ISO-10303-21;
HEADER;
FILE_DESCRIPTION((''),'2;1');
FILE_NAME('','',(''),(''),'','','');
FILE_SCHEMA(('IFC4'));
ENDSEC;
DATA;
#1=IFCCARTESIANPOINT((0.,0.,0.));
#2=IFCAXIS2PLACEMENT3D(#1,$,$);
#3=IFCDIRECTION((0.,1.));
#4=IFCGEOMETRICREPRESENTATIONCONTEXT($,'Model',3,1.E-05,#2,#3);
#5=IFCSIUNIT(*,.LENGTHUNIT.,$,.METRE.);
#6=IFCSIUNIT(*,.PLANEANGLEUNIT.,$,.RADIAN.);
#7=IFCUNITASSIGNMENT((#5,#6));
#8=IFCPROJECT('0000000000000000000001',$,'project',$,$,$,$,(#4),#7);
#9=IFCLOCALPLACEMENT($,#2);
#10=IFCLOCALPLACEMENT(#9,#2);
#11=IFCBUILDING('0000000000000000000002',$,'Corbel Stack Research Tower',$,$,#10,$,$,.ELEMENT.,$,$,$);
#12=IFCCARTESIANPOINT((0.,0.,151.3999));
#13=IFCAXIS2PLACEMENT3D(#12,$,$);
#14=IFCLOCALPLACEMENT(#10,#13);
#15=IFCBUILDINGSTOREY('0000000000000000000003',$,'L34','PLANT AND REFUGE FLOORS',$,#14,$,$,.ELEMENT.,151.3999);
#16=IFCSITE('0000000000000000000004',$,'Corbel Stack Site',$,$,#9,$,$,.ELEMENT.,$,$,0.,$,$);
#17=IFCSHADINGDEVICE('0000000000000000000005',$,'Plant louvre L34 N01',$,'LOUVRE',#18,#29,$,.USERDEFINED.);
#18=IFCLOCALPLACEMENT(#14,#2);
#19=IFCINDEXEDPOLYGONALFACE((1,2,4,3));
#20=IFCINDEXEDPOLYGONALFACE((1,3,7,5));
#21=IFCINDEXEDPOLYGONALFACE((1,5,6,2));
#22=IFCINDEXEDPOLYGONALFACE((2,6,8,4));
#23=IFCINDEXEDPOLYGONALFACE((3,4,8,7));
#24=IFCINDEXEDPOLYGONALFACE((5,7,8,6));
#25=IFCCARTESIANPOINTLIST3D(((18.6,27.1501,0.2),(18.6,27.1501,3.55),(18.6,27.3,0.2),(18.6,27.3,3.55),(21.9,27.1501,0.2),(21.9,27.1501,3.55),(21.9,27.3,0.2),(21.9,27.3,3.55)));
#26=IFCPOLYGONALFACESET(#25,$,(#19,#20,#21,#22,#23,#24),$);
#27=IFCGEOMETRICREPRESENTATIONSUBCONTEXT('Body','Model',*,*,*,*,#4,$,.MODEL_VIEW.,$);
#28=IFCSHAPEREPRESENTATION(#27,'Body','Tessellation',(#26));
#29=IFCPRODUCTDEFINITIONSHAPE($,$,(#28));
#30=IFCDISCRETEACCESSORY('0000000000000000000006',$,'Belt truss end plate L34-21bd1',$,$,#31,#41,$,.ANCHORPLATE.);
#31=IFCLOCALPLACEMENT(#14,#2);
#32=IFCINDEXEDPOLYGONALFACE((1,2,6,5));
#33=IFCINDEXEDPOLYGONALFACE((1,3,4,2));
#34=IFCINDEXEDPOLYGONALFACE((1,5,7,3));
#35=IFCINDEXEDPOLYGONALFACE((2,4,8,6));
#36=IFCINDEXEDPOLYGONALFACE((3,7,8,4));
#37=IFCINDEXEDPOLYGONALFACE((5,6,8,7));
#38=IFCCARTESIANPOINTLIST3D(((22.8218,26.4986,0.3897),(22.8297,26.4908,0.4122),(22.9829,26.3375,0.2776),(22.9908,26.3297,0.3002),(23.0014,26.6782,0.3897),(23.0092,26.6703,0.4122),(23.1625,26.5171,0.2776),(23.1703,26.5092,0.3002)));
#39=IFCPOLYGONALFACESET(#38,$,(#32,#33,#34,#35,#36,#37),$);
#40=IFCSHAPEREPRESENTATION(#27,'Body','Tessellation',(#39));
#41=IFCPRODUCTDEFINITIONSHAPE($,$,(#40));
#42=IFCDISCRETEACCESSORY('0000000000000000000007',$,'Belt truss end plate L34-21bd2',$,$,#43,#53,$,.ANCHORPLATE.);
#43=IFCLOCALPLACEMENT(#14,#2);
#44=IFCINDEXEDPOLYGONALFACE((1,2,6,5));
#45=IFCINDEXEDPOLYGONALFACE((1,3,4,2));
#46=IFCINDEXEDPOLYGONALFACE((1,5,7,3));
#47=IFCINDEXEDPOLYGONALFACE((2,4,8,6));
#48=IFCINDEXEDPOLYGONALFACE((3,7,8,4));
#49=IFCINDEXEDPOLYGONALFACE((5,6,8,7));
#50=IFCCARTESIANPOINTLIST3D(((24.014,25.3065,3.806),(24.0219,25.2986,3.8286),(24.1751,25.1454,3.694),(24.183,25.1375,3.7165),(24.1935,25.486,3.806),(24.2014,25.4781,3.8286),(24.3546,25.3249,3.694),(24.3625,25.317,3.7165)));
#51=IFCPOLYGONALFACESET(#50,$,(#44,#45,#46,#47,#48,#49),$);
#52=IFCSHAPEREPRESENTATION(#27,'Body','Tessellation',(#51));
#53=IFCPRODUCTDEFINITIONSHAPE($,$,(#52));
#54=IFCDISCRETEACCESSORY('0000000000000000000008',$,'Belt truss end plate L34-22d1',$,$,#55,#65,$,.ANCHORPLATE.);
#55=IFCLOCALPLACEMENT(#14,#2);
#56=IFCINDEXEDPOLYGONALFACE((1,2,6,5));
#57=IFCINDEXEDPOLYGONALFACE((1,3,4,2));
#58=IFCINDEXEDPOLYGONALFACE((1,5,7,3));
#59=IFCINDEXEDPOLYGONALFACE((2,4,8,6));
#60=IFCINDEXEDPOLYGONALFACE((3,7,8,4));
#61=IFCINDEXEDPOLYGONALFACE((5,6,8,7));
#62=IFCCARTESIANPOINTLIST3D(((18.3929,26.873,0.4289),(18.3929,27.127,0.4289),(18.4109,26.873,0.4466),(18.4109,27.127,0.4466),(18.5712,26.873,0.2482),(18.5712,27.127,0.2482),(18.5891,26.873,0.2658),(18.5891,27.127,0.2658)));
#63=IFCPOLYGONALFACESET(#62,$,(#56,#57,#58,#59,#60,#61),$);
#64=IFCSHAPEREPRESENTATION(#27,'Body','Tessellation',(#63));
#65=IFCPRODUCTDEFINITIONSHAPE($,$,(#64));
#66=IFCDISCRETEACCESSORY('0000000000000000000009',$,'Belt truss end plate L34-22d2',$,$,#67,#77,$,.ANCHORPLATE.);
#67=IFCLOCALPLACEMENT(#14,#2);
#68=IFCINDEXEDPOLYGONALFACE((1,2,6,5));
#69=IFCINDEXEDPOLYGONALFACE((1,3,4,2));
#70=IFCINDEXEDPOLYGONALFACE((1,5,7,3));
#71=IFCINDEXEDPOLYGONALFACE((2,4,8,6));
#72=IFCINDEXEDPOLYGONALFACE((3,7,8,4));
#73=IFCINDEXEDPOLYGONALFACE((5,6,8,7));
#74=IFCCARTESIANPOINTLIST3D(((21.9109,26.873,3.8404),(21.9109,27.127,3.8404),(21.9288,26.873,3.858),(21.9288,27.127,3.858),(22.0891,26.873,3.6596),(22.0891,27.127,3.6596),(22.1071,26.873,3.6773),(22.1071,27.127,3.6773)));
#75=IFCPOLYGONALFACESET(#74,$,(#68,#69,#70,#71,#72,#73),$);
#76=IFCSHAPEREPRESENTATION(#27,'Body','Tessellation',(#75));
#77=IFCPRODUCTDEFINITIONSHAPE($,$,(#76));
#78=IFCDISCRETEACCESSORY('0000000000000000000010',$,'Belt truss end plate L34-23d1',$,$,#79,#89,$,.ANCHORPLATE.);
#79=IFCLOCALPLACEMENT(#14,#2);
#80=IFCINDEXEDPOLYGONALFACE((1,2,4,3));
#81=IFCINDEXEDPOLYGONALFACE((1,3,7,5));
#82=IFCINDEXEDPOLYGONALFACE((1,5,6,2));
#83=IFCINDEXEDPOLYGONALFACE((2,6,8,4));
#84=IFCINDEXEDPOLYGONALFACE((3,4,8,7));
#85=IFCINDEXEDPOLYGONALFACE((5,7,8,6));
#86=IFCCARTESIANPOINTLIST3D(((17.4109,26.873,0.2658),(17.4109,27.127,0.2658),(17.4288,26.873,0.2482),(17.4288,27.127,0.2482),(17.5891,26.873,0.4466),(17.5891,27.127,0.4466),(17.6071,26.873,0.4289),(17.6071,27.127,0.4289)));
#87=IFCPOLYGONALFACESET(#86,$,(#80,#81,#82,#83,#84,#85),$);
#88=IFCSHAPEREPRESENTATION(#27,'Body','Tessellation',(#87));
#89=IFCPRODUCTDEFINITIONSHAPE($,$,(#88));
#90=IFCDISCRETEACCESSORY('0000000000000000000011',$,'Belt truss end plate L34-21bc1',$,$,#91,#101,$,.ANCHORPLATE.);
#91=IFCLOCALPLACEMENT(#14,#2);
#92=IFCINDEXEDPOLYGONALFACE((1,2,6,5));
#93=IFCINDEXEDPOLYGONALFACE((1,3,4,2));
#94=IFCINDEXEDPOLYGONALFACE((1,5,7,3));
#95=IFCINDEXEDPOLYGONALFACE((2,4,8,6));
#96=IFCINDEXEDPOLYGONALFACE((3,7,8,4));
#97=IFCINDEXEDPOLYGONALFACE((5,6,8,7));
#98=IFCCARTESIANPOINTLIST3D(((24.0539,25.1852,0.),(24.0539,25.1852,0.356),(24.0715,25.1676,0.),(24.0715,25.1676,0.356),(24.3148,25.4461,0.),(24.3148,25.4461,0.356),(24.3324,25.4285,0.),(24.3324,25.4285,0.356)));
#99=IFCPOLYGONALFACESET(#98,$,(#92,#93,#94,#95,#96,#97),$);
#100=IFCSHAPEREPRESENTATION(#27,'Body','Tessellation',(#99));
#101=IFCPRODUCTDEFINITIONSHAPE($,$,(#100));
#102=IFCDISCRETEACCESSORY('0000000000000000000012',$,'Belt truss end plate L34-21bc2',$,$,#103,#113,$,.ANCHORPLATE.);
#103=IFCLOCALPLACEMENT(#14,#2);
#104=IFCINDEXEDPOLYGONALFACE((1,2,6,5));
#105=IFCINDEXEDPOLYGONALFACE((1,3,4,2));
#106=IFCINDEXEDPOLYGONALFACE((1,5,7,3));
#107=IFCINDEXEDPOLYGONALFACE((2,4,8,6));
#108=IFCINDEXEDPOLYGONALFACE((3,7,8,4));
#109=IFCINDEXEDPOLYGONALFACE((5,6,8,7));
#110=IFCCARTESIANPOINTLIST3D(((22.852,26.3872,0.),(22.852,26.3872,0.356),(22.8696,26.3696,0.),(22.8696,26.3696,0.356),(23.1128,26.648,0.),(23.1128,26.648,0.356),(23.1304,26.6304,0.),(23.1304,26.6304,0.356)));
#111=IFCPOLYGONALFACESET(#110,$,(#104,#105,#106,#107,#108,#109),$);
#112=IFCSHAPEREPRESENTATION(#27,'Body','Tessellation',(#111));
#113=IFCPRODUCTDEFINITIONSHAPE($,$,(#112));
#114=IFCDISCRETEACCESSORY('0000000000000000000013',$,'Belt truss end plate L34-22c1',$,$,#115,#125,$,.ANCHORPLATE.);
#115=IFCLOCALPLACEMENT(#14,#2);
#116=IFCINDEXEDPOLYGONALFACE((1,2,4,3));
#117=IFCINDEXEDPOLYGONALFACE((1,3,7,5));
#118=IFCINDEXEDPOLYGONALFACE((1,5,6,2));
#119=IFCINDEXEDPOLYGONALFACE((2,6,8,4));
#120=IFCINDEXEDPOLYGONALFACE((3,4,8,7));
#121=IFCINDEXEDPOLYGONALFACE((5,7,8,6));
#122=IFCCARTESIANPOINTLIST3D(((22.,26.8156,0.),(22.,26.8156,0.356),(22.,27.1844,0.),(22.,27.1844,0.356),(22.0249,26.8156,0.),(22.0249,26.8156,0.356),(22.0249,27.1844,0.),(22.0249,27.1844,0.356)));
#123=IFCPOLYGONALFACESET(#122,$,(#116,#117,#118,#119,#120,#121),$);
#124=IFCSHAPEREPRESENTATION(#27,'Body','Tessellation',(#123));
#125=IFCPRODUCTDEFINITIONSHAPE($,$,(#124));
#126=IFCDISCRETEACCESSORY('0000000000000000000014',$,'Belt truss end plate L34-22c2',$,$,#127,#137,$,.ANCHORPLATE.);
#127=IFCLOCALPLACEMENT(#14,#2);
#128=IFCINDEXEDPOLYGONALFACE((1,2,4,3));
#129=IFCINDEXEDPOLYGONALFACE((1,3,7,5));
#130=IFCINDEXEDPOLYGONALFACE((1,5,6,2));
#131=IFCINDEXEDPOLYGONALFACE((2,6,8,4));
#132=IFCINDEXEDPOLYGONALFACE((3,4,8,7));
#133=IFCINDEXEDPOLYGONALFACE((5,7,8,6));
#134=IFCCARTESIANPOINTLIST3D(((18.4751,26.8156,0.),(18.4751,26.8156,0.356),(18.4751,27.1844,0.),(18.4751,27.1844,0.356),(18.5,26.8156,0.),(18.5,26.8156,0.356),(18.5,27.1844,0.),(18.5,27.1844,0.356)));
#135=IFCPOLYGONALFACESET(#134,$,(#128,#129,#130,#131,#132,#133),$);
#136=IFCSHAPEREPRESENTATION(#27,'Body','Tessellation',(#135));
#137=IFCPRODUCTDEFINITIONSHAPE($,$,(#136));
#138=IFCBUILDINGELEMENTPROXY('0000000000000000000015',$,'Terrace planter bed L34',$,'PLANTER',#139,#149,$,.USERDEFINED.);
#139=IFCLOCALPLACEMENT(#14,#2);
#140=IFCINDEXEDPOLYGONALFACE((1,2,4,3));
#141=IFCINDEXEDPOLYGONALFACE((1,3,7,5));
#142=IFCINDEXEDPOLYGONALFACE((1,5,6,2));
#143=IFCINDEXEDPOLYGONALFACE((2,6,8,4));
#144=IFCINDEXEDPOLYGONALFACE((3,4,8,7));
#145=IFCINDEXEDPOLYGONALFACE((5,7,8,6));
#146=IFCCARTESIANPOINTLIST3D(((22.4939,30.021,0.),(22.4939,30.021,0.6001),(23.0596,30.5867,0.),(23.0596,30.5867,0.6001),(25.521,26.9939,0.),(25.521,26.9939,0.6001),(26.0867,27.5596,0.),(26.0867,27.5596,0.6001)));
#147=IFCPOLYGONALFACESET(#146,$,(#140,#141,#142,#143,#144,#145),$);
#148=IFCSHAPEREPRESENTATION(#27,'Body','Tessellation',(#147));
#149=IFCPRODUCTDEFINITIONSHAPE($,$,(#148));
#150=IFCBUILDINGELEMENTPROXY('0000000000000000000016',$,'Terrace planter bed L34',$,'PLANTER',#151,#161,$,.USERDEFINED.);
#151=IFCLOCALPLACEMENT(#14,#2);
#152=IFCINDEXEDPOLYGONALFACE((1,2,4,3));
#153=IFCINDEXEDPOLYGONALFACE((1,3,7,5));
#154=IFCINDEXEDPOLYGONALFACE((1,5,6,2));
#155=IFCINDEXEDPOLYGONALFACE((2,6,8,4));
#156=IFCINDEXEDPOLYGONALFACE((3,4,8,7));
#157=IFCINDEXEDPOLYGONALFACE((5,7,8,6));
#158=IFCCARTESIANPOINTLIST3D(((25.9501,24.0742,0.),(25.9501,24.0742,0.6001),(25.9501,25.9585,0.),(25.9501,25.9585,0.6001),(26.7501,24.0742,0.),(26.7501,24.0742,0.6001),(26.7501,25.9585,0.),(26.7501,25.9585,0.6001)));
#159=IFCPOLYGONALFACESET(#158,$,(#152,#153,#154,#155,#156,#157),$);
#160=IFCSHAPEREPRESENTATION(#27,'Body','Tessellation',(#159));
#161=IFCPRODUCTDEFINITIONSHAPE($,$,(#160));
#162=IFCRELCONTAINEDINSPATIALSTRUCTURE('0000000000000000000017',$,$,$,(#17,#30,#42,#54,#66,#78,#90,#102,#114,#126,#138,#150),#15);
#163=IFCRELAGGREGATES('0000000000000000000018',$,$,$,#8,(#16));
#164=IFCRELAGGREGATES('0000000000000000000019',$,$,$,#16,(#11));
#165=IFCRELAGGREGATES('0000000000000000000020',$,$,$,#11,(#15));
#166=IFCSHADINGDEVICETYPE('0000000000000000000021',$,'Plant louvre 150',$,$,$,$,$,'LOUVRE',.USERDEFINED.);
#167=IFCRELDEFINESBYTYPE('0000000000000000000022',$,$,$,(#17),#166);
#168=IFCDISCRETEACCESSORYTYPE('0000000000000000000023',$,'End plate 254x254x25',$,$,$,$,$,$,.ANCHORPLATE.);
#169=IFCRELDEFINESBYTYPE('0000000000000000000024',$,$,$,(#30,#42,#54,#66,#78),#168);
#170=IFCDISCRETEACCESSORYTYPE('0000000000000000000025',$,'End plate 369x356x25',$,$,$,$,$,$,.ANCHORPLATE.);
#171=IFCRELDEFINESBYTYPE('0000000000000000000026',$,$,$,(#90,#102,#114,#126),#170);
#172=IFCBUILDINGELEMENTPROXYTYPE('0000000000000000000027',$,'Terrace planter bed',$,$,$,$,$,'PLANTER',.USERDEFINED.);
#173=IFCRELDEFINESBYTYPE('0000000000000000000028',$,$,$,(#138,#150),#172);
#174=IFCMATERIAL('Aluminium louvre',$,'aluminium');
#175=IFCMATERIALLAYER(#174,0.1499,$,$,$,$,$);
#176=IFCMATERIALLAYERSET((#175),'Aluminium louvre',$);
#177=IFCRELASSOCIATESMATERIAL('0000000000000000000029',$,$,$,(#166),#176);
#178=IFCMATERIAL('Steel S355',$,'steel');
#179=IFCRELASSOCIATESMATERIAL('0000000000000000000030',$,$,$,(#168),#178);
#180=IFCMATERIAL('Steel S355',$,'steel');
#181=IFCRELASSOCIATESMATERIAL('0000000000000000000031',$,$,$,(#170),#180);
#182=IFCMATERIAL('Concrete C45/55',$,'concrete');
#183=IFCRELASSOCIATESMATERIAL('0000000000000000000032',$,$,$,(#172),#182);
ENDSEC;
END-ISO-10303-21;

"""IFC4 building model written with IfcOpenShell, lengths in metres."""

from ifc_helpers import new_model, si_unit, direction, frame, origin, origin_2d, place, context, subcontext, project, spatial, rectangle, extrude, material, layer, layer_set, material_profile, profile_set, type_object, element, save


model = new_model("IFC4")

# Units and contexts
model_context = context("Model", 3, precision=1e-05, world=origin(), true_north=direction((0.0, 1.0)))
body_context = subcontext(model_context, "Body", "Model", "MODEL_VIEW")
ifc_project = project(units=[si_unit("LENGTHUNIT", "METRE"), si_unit("PLANEANGLEUNIT", "RADIAN")], contexts=[model_context])

# Site, building, storey
site_placement = place(None, origin())
site = spatial("IfcSite", under=ifc_project, at=site_placement, Name="Corbel Stack Site", CompositionType="ELEMENT", RefElevation=0.0)
building_placement = place(site_placement, origin())
building = spatial("IfcBuilding", under=site, at=building_placement, Name="Corbel Stack Research Tower", CompositionType="ELEMENT")
storey_placement = place(building_placement, frame((0.0, 0.0, 151.3999)))
storey = spatial("IfcBuildingStorey", under=building, at=storey_placement, Name="L34", Description="PLANT AND REFUGE FLOORS", CompositionType="ELEMENT", Elevation=151.3999)

# Shading device
ifc_material_1 = material(Name="Aluminium louvre", Category="aluminium")
ifc_layer_1 = layer(ifc_material_1, 0.1499)
ifc_layer_set_1 = layer_set([ifc_layer_1], Name="Aluminium louvre")
shading_device_type = type_object("IfcShadingDeviceType", Name="Plant louvre 150", ElementType="LOUVRE", PredefinedType="USERDEFINED", material=ifc_layer_set_1)
shading_device_placement = place(storey_placement, frame((20.25, 27.2251, 0.2), z_axis=(0.0, 0.0, 1.0), x_axis=(-1.0, 0.0, 0.0)))
element("IfcShadingDevice", 1, at=shading_device_placement, inside=storey, type_object=shading_device_type, Name="Plant louvre L34 N01", ObjectType="LOUVRE", PredefinedType="USERDEFINED", context=body_context, shape_type="SweptSolid", body=[
    extrude(rectangle(XDim=3.3, YDim=0.1499, at=origin_2d()), origin(), (0.0, 0.0, 1.0), 3.3501),
])

# Discrete accessories
ifc_material_2 = material(Name="Steel S355", Category="steel")
ifc_material_profile_1 = material_profile(ifc_material_2, rectangle(XDim=0.2539, YDim=0.2539, at=origin_2d()), Name="End plate 254x254x25")
ifc_profile_set_1 = profile_set([ifc_material_profile_1], Name="Steel S355")
discrete_accessory_type_1 = type_object("IfcDiscreteAccessoryType", Name="End plate 254x254x25", PredefinedType="ANCHORPLATE", material=ifc_profile_set_1)
for number, where, z_axis, x_axis, name in (
    (2, (23.0, 26.5, 0.3562), (-0.31211, 0.31211, -0.897315), (-0.707107, -0.707107, 0.0), "Belt truss end plate L34-21bd1"),
    (3, (24.1843, 25.3157, 3.75), (0.31211, -0.31211, 0.897315), (0.707107, 0.707107, 0.0), "Belt truss end plate L34-21bd2"),
    (4, (18.5, 27.0, 0.3562), (-0.711966, 0.0, -0.702213), (0.0, -1.0, 0.0), "Belt truss end plate L34-22d1"),
    (5, (22.0, 27.0, 3.75), (0.711966, 0.0, 0.702213), (0.0, 1.0, 0.0), "Belt truss end plate L34-22d2"),
    (6, (17.5, 27.0, 0.3562), (0.711966, 0.0, -0.702213), (0.0, 1.0, 0.0), "Belt truss end plate L34-23d1"),
):
    element("IfcDiscreteAccessory", number, at=place(storey_placement, frame(where, z_axis=z_axis, x_axis=x_axis)), inside=storey, type_object=discrete_accessory_type_1, Name=name, PredefinedType="ANCHORPLATE", context=body_context, shape_type="SweptSolid", body=[
        extrude(rectangle(XDim=0.2539, YDim=0.2539, at=origin_2d()), origin(), (0.0, 0.0, 1.0), 0.0251),
    ])
ifc_material_3 = material(Name="Steel S355", Category="steel")
ifc_material_profile_2 = material_profile(ifc_material_3, rectangle(XDim=0.3689, YDim=0.356, at=origin_2d()), Name="End plate 369x356x25")
ifc_profile_set_2 = profile_set([ifc_material_profile_2], Name="Steel S355")
discrete_accessory_type_2 = type_object("IfcDiscreteAccessoryType", Name="End plate 369x356x25", PredefinedType="ANCHORPLATE", material=ifc_profile_set_2)
for number, where, z_axis, x_axis, name in (
    (7, (24.1843, 25.3157, 0.178), (0.707107, -0.707107, 0.0), (0.707107, 0.707107, 0.0), "Belt truss end plate L34-21bc1"),
    (8, (23.0, 26.5, 0.178), (-0.707107, 0.707107, 0.0), (-0.707107, -0.707107, 0.0), "Belt truss end plate L34-21bc2"),
    (9, (22.0, 27.0, 0.178), (1.0, 0.0, 0.0), (0.0, 1.0, 0.0), "Belt truss end plate L34-22c1"),
    (10, (18.5, 27.0, 0.178), (-1.0, 0.0, 0.0), (0.0, -1.0, 0.0), "Belt truss end plate L34-22c2"),
):
    element("IfcDiscreteAccessory", number, at=place(storey_placement, frame(where, z_axis=z_axis, x_axis=x_axis)), inside=storey, type_object=discrete_accessory_type_2, Name=name, PredefinedType="ANCHORPLATE", context=body_context, shape_type="SweptSolid", body=[
        extrude(rectangle(XDim=0.3689, YDim=0.356, at=origin_2d()), origin(), (0.0, 0.0, 1.0), 0.0249),
    ])

# Building element proxies
ifc_material_4 = material(Name="Concrete C45/55", Category="concrete")
building_element_proxy_type = type_object("IfcBuildingElementProxyType", Name="Terrace planter bed", ElementType="PLANTER", PredefinedType="USERDEFINED", material=ifc_material_4)
proxy_1_placement = place(storey_placement, frame((24.2903, 28.7903, 0.0), z_axis=(0.0, 0.0, 1.0), x_axis=(0.707107, -0.707107, 0.0)))
element("IfcBuildingElementProxy", 11, at=proxy_1_placement, inside=storey, type_object=building_element_proxy_type, Name="Terrace planter bed L34", ObjectType="PLANTER", PredefinedType="USERDEFINED", context=body_context, shape_type="SweptSolid", body=[
    extrude(rectangle(XDim=4.281, YDim=0.8, at=origin_2d()), origin(), (0.0, 0.0, 1.0), 0.6001),
])
proxy_2_placement = place(storey_placement, frame((26.3501, 25.0164, 0.0), z_axis=(0.0, 0.0, 1.0), x_axis=(0.0, -1.0, 0.0)))
element("IfcBuildingElementProxy", 12, at=proxy_2_placement, inside=storey, type_object=building_element_proxy_type, Name="Terrace planter bed L34", ObjectType="PLANTER", PredefinedType="USERDEFINED", context=body_context, shape_type="SweptSolid", body=[
    extrude(rectangle(XDim=1.8843, YDim=0.8, at=origin_2d()), origin(), (0.0, 0.0, 1.0), 0.6001),
])

save(model, "model.ifc")
